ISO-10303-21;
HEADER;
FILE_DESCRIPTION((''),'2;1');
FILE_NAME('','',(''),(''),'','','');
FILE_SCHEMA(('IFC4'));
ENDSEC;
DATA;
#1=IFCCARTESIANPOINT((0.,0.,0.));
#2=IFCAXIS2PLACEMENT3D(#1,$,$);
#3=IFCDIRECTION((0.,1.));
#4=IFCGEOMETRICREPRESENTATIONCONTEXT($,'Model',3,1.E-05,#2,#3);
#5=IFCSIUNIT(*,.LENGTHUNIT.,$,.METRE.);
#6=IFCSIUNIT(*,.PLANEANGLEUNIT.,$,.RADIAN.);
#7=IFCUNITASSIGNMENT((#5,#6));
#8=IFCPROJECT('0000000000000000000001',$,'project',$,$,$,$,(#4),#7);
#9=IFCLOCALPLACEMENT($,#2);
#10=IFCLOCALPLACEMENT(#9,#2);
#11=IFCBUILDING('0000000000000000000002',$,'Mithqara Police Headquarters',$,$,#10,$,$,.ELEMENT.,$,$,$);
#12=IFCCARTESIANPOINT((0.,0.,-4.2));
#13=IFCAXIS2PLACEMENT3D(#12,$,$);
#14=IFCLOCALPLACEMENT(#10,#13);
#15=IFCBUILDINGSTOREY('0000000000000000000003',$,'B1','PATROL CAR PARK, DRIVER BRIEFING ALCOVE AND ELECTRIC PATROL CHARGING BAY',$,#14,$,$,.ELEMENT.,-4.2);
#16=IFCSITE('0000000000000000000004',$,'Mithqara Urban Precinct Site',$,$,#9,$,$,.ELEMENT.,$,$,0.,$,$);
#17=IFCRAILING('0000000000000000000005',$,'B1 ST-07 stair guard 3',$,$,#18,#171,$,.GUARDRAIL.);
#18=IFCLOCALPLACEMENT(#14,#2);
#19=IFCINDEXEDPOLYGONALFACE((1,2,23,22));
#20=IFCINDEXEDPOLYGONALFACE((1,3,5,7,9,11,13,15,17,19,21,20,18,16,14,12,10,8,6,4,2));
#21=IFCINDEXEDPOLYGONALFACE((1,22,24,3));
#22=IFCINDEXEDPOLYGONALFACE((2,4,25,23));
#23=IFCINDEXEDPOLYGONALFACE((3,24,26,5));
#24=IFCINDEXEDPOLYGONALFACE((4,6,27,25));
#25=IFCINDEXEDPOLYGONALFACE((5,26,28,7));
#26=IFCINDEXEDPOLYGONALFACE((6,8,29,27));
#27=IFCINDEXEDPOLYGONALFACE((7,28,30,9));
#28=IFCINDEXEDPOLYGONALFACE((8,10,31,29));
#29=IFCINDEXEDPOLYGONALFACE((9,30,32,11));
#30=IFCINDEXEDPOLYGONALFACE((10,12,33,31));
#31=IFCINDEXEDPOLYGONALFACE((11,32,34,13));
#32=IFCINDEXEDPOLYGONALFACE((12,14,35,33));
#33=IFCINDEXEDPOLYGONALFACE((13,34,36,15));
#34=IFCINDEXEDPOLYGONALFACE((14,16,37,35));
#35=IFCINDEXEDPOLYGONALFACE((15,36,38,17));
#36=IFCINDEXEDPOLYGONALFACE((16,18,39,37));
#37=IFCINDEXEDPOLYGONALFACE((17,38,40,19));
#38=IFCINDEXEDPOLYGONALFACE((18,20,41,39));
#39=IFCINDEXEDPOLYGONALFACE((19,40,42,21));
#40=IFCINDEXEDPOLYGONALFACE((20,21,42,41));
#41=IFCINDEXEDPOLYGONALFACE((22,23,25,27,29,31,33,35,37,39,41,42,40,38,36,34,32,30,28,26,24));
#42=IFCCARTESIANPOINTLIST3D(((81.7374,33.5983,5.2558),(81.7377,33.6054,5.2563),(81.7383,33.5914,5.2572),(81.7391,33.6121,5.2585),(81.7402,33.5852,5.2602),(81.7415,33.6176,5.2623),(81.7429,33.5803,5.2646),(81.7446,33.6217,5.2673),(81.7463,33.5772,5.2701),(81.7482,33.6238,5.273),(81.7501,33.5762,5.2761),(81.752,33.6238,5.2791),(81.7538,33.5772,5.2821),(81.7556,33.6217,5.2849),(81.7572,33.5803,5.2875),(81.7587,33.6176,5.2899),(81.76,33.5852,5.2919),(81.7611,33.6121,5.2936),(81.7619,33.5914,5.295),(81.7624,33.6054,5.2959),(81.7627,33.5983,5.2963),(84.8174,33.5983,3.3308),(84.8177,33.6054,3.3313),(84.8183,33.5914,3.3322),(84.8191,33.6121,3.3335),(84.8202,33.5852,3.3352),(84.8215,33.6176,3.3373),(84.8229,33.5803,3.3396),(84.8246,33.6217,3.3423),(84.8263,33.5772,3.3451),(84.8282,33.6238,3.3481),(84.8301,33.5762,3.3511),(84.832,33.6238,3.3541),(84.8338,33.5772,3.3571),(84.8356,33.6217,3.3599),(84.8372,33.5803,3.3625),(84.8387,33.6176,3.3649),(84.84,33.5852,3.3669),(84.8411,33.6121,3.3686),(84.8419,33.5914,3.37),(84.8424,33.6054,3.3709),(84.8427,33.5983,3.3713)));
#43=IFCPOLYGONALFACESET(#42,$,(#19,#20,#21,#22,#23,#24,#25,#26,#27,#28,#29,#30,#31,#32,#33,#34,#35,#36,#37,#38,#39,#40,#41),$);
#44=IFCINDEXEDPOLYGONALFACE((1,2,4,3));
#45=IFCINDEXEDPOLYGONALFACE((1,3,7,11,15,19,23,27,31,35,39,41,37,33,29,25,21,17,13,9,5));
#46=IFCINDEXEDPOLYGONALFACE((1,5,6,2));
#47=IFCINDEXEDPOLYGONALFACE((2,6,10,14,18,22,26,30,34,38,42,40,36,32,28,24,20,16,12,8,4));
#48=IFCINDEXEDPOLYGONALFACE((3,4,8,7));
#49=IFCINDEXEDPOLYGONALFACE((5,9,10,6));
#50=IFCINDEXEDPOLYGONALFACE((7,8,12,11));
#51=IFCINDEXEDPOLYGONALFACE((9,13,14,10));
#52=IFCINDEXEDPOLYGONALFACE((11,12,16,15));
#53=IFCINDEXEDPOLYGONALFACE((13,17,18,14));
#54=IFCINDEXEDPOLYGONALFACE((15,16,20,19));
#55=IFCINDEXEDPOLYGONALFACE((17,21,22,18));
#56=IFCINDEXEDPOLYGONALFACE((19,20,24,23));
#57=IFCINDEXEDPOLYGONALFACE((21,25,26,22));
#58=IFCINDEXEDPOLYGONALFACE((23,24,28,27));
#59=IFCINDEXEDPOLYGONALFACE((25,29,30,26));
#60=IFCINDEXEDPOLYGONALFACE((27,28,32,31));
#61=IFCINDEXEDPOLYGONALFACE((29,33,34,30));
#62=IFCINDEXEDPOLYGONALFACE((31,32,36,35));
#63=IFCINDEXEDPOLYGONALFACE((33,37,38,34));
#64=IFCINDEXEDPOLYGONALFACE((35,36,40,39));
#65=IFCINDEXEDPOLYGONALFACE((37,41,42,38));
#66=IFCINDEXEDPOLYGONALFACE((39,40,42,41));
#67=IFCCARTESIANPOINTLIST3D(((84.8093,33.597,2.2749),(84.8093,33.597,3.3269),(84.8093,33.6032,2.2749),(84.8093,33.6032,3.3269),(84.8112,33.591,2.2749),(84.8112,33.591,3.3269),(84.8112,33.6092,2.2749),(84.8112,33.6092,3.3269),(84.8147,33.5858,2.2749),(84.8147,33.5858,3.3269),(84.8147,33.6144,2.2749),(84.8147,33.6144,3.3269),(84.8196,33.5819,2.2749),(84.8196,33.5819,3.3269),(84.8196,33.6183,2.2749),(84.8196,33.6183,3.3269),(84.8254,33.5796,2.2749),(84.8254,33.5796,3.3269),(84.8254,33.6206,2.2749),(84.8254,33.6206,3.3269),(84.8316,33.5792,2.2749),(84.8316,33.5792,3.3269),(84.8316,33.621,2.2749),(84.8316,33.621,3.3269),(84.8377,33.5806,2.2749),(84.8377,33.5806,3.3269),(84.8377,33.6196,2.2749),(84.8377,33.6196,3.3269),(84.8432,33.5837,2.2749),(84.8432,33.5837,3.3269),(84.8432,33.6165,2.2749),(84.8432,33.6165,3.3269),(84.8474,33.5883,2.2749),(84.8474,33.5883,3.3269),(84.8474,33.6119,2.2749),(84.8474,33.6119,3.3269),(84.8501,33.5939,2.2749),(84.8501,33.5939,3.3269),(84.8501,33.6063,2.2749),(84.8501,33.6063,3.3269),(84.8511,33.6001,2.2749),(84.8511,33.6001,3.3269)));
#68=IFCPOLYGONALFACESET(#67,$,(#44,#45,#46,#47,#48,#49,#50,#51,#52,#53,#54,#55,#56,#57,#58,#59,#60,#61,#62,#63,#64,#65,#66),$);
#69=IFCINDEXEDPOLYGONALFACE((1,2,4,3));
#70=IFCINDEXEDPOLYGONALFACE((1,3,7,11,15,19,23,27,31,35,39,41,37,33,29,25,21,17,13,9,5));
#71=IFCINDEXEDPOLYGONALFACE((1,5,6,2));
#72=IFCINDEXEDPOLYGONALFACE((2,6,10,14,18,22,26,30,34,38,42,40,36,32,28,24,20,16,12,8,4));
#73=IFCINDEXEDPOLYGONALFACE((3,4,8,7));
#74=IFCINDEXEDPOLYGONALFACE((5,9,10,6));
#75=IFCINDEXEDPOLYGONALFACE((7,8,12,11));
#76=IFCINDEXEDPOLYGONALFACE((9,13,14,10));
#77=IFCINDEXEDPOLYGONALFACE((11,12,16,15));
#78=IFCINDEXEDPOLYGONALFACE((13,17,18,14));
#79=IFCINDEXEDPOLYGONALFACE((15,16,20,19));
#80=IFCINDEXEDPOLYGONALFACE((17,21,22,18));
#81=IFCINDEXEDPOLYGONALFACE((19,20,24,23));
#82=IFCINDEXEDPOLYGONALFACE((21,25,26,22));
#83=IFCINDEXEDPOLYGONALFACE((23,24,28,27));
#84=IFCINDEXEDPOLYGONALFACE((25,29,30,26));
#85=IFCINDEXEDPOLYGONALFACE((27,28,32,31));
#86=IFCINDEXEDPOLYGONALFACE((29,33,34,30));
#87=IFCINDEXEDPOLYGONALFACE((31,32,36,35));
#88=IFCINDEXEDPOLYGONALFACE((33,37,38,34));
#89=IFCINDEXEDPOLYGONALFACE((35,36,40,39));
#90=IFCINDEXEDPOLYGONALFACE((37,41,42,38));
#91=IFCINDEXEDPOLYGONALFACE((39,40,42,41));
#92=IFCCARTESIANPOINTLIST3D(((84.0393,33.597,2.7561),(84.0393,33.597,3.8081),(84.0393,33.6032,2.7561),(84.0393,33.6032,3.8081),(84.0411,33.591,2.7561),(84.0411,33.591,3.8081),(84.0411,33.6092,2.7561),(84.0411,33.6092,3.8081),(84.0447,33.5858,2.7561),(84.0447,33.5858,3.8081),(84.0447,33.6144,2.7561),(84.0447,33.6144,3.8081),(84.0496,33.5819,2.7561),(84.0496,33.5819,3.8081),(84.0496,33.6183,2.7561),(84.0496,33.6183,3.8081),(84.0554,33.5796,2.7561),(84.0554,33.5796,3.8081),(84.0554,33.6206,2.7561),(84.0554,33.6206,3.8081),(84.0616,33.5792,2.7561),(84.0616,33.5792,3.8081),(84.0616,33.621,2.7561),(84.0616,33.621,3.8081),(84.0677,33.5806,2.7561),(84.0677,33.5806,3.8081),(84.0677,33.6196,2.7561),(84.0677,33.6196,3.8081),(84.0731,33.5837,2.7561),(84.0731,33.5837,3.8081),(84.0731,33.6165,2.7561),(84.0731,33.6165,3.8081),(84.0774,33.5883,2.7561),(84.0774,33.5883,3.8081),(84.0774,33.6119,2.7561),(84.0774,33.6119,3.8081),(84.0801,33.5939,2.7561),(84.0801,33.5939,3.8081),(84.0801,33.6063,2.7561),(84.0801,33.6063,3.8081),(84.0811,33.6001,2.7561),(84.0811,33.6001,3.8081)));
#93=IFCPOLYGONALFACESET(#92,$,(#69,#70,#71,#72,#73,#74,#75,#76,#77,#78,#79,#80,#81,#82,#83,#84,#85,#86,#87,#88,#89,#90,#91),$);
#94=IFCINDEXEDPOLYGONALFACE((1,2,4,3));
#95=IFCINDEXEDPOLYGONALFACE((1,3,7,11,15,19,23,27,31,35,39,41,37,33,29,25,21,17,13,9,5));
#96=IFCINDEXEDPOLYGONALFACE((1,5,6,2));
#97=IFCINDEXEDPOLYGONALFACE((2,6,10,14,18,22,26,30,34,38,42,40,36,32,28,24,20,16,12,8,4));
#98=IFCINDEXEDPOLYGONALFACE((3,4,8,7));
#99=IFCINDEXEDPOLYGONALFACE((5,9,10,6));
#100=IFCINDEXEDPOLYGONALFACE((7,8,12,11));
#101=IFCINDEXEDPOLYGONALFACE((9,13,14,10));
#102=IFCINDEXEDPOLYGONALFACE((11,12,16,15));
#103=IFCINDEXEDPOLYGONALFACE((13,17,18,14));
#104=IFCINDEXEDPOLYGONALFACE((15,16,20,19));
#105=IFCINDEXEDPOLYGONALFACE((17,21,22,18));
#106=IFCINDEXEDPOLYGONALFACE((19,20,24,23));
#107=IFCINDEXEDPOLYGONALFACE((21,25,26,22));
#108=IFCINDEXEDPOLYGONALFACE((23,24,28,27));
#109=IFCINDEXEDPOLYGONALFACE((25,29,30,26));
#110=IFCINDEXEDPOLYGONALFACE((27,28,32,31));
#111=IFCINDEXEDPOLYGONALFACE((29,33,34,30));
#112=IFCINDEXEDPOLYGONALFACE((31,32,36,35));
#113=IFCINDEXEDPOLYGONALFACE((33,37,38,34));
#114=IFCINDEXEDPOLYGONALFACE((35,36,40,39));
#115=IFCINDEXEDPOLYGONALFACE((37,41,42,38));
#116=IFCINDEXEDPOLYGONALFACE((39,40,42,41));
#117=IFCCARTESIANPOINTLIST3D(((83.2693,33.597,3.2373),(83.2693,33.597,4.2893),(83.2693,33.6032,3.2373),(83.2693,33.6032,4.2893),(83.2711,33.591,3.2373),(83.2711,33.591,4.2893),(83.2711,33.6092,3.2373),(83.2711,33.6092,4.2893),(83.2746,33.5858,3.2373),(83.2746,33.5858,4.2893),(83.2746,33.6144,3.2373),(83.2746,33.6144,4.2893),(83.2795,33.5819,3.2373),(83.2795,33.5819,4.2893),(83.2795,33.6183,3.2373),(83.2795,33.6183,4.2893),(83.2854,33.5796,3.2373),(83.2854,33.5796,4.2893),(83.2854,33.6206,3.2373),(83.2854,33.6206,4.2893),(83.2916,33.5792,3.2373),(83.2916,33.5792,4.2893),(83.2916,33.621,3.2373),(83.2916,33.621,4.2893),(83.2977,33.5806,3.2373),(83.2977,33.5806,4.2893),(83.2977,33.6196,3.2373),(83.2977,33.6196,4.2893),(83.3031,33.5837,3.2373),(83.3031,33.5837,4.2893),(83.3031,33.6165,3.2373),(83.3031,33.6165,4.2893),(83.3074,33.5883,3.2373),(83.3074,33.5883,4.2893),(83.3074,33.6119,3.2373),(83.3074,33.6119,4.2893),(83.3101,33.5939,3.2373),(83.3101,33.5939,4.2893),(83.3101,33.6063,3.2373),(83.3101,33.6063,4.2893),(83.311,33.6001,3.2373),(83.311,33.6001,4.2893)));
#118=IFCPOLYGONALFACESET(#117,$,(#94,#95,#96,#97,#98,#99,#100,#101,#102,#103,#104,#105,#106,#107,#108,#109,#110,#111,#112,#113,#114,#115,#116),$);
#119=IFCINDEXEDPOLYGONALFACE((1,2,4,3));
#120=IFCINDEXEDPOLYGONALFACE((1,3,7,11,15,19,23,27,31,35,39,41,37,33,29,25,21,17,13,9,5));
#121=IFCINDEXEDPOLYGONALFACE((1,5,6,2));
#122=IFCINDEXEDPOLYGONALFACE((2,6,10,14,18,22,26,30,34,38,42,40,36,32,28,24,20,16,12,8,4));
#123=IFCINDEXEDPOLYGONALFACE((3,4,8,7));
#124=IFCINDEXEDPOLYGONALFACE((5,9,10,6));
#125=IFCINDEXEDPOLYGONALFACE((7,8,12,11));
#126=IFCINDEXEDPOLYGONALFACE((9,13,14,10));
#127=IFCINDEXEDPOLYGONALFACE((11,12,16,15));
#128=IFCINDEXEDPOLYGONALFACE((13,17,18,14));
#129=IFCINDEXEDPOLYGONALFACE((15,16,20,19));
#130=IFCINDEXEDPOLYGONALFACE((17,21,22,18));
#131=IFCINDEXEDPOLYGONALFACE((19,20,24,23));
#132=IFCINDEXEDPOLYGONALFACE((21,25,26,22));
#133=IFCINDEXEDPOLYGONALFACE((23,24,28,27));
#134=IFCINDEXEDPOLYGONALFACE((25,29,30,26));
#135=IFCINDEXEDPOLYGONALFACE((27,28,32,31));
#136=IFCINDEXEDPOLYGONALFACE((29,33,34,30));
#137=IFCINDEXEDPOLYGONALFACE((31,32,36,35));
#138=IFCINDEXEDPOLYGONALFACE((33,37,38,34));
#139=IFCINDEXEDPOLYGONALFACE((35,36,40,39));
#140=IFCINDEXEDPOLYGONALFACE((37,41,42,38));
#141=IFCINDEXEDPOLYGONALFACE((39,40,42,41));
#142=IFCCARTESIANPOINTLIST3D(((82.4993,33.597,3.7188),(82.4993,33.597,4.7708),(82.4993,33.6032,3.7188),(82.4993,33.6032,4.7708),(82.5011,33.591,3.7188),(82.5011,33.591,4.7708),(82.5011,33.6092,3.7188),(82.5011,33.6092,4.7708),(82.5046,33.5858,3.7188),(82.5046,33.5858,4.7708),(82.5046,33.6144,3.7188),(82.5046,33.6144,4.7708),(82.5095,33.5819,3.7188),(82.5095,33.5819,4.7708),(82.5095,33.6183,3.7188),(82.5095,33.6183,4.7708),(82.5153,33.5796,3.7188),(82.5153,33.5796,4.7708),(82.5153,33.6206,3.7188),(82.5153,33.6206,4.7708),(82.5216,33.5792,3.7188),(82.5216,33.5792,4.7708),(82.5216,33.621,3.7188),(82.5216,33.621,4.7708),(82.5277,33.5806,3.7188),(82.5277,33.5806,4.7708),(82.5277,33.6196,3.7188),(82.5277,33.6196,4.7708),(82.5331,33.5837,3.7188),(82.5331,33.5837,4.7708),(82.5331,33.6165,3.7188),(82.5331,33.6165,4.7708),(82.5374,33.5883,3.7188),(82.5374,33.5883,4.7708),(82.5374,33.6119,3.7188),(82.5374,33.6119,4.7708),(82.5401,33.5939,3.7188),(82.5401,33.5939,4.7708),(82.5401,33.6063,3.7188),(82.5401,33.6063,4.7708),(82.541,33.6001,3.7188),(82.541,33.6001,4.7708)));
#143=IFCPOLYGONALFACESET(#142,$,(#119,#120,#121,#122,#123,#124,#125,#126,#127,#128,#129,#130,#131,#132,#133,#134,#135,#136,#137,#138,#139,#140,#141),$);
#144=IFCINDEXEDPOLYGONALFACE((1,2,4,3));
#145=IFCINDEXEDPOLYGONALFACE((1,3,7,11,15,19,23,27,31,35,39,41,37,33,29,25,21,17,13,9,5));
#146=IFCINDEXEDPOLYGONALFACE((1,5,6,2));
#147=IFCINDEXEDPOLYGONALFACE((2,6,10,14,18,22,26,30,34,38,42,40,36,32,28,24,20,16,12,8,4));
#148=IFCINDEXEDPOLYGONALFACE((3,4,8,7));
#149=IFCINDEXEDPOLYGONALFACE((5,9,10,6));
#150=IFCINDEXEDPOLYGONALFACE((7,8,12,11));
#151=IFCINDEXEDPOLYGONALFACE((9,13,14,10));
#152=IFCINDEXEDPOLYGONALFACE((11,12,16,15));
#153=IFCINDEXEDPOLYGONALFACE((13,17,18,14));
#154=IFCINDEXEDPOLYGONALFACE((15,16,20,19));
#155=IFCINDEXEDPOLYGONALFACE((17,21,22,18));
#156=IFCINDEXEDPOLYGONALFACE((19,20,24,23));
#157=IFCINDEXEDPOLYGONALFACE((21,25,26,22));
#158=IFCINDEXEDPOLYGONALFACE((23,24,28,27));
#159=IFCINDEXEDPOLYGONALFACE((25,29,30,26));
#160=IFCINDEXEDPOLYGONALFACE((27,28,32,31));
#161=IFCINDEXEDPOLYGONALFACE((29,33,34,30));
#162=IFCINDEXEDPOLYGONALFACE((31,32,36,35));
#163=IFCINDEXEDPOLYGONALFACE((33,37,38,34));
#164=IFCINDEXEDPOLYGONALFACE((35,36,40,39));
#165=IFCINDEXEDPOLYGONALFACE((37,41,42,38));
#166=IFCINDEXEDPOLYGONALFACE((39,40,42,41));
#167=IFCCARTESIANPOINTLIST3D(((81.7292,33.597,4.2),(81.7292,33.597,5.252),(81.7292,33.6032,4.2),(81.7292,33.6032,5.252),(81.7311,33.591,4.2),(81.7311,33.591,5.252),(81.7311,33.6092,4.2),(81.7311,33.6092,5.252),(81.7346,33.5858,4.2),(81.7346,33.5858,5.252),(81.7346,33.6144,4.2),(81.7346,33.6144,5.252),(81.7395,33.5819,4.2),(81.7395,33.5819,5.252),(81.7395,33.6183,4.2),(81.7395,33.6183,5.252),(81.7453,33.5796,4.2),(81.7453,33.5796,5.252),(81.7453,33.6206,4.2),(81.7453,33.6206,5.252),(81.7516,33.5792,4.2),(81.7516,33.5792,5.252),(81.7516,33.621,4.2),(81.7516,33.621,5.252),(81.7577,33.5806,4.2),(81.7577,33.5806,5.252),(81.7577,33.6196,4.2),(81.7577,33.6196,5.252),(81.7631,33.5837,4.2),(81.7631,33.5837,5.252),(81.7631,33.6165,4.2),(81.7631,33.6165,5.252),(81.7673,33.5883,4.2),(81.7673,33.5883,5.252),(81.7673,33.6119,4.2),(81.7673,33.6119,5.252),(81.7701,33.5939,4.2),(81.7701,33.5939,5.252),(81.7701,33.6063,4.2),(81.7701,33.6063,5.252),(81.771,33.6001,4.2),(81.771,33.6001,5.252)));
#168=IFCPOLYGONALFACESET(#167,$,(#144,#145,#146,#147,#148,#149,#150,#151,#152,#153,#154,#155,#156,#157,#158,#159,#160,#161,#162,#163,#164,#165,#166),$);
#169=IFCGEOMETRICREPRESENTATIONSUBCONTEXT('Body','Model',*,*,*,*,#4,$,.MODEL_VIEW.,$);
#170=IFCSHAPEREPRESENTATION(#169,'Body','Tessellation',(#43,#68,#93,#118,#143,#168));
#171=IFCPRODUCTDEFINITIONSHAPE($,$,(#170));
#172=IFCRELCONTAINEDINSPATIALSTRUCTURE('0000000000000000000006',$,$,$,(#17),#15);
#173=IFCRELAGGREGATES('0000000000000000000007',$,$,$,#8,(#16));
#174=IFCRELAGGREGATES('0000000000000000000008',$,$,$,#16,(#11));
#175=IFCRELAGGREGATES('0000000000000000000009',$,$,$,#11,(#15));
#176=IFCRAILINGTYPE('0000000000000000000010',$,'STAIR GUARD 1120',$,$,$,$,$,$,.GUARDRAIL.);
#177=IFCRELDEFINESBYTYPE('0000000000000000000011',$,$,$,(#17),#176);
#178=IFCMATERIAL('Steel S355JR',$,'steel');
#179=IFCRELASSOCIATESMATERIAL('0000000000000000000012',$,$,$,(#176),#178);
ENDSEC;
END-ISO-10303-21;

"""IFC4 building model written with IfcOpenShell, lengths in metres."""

from ifc_helpers import new_model, si_unit, direction, frame, origin, origin_2d, place, context, subcontext, project, spatial, circle, extrude, material, type_object, element, save


model = new_model("IFC4")

# Units and contexts
model_context = context("Model", 3, precision=1e-05, world=origin(), true_north=direction((0.0, 1.0)))
body_context = subcontext(model_context, "Body", "Model", "MODEL_VIEW")
ifc_project = project(units=[si_unit("LENGTHUNIT", "METRE"), si_unit("PLANEANGLEUNIT", "RADIAN")], contexts=[model_context])

# Site, building, storey
site_placement = place(None, origin())
site = spatial("IfcSite", under=ifc_project, at=site_placement, Name="Mithqara Urban Precinct Site", CompositionType="ELEMENT", RefElevation=0.0)
building_placement = place(site_placement, origin())
building = spatial("IfcBuilding", under=site, at=building_placement, Name="Mithqara Police Headquarters", CompositionType="ELEMENT")
storey_placement = place(building_placement, frame((0.0, 0.0, -4.2)))
storey = spatial("IfcBuildingStorey", under=building, at=storey_placement, Name="B1", Description="PATROL CAR PARK, DRIVER BRIEFING ALCOVE AND ELECTRIC PATROL CHARGING BAY", CompositionType="ELEMENT", Elevation=-4.2)

# Railing
ifc_material_1 = material(Name="Steel S355JR", Category="steel")
railing_type_1 = type_object("IfcRailingType", Name="STAIR GUARD 1120", PredefinedType="GUARDRAIL", material=ifc_material_1)
railing_1_placement = place(storey_placement, frame((84.8301, 33.6001, 2.2749)))
element("IfcRailing", 1, at=railing_1_placement, inside=storey, type_object=railing_type_1, Name="B1 ST-07 stair guard 3", PredefinedType="GUARDRAIL", context=body_context, shape_type="SweptSolid", body=[
    extrude(circle(Radius=0.0239, at=origin_2d()), frame((0.0, 0.0, 1.0762), z_axis=(-0.847998, 0.0, 0.529999), x_axis=(0.0, -1.0, 0.0)), (0.0, 0.0, 1.0), 3.6321),
    extrude(circle(Radius=0.021, at=origin_2d()), origin(), (0.0, 0.0, 1.0), 1.052),
    extrude(circle(Radius=0.021, at=origin_2d()), frame((-0.77, 0.0, 0.4812)), (0.0, 0.0, 1.0), 1.052),
    extrude(circle(Radius=0.021, at=origin_2d()), frame((-1.54, 0.0, 0.9624)), (0.0, 0.0, 1.0), 1.052),
    extrude(circle(Radius=0.021, at=origin_2d()), frame((-2.3101, 0.0, 1.4438)), (0.0, 0.0, 1.0), 1.052),
    extrude(circle(Radius=0.021, at=origin_2d()), frame((-3.0801, 0.0, 1.925)), (0.0, 0.0, 1.0), 1.052),
])

save(model, "model.ifc")
